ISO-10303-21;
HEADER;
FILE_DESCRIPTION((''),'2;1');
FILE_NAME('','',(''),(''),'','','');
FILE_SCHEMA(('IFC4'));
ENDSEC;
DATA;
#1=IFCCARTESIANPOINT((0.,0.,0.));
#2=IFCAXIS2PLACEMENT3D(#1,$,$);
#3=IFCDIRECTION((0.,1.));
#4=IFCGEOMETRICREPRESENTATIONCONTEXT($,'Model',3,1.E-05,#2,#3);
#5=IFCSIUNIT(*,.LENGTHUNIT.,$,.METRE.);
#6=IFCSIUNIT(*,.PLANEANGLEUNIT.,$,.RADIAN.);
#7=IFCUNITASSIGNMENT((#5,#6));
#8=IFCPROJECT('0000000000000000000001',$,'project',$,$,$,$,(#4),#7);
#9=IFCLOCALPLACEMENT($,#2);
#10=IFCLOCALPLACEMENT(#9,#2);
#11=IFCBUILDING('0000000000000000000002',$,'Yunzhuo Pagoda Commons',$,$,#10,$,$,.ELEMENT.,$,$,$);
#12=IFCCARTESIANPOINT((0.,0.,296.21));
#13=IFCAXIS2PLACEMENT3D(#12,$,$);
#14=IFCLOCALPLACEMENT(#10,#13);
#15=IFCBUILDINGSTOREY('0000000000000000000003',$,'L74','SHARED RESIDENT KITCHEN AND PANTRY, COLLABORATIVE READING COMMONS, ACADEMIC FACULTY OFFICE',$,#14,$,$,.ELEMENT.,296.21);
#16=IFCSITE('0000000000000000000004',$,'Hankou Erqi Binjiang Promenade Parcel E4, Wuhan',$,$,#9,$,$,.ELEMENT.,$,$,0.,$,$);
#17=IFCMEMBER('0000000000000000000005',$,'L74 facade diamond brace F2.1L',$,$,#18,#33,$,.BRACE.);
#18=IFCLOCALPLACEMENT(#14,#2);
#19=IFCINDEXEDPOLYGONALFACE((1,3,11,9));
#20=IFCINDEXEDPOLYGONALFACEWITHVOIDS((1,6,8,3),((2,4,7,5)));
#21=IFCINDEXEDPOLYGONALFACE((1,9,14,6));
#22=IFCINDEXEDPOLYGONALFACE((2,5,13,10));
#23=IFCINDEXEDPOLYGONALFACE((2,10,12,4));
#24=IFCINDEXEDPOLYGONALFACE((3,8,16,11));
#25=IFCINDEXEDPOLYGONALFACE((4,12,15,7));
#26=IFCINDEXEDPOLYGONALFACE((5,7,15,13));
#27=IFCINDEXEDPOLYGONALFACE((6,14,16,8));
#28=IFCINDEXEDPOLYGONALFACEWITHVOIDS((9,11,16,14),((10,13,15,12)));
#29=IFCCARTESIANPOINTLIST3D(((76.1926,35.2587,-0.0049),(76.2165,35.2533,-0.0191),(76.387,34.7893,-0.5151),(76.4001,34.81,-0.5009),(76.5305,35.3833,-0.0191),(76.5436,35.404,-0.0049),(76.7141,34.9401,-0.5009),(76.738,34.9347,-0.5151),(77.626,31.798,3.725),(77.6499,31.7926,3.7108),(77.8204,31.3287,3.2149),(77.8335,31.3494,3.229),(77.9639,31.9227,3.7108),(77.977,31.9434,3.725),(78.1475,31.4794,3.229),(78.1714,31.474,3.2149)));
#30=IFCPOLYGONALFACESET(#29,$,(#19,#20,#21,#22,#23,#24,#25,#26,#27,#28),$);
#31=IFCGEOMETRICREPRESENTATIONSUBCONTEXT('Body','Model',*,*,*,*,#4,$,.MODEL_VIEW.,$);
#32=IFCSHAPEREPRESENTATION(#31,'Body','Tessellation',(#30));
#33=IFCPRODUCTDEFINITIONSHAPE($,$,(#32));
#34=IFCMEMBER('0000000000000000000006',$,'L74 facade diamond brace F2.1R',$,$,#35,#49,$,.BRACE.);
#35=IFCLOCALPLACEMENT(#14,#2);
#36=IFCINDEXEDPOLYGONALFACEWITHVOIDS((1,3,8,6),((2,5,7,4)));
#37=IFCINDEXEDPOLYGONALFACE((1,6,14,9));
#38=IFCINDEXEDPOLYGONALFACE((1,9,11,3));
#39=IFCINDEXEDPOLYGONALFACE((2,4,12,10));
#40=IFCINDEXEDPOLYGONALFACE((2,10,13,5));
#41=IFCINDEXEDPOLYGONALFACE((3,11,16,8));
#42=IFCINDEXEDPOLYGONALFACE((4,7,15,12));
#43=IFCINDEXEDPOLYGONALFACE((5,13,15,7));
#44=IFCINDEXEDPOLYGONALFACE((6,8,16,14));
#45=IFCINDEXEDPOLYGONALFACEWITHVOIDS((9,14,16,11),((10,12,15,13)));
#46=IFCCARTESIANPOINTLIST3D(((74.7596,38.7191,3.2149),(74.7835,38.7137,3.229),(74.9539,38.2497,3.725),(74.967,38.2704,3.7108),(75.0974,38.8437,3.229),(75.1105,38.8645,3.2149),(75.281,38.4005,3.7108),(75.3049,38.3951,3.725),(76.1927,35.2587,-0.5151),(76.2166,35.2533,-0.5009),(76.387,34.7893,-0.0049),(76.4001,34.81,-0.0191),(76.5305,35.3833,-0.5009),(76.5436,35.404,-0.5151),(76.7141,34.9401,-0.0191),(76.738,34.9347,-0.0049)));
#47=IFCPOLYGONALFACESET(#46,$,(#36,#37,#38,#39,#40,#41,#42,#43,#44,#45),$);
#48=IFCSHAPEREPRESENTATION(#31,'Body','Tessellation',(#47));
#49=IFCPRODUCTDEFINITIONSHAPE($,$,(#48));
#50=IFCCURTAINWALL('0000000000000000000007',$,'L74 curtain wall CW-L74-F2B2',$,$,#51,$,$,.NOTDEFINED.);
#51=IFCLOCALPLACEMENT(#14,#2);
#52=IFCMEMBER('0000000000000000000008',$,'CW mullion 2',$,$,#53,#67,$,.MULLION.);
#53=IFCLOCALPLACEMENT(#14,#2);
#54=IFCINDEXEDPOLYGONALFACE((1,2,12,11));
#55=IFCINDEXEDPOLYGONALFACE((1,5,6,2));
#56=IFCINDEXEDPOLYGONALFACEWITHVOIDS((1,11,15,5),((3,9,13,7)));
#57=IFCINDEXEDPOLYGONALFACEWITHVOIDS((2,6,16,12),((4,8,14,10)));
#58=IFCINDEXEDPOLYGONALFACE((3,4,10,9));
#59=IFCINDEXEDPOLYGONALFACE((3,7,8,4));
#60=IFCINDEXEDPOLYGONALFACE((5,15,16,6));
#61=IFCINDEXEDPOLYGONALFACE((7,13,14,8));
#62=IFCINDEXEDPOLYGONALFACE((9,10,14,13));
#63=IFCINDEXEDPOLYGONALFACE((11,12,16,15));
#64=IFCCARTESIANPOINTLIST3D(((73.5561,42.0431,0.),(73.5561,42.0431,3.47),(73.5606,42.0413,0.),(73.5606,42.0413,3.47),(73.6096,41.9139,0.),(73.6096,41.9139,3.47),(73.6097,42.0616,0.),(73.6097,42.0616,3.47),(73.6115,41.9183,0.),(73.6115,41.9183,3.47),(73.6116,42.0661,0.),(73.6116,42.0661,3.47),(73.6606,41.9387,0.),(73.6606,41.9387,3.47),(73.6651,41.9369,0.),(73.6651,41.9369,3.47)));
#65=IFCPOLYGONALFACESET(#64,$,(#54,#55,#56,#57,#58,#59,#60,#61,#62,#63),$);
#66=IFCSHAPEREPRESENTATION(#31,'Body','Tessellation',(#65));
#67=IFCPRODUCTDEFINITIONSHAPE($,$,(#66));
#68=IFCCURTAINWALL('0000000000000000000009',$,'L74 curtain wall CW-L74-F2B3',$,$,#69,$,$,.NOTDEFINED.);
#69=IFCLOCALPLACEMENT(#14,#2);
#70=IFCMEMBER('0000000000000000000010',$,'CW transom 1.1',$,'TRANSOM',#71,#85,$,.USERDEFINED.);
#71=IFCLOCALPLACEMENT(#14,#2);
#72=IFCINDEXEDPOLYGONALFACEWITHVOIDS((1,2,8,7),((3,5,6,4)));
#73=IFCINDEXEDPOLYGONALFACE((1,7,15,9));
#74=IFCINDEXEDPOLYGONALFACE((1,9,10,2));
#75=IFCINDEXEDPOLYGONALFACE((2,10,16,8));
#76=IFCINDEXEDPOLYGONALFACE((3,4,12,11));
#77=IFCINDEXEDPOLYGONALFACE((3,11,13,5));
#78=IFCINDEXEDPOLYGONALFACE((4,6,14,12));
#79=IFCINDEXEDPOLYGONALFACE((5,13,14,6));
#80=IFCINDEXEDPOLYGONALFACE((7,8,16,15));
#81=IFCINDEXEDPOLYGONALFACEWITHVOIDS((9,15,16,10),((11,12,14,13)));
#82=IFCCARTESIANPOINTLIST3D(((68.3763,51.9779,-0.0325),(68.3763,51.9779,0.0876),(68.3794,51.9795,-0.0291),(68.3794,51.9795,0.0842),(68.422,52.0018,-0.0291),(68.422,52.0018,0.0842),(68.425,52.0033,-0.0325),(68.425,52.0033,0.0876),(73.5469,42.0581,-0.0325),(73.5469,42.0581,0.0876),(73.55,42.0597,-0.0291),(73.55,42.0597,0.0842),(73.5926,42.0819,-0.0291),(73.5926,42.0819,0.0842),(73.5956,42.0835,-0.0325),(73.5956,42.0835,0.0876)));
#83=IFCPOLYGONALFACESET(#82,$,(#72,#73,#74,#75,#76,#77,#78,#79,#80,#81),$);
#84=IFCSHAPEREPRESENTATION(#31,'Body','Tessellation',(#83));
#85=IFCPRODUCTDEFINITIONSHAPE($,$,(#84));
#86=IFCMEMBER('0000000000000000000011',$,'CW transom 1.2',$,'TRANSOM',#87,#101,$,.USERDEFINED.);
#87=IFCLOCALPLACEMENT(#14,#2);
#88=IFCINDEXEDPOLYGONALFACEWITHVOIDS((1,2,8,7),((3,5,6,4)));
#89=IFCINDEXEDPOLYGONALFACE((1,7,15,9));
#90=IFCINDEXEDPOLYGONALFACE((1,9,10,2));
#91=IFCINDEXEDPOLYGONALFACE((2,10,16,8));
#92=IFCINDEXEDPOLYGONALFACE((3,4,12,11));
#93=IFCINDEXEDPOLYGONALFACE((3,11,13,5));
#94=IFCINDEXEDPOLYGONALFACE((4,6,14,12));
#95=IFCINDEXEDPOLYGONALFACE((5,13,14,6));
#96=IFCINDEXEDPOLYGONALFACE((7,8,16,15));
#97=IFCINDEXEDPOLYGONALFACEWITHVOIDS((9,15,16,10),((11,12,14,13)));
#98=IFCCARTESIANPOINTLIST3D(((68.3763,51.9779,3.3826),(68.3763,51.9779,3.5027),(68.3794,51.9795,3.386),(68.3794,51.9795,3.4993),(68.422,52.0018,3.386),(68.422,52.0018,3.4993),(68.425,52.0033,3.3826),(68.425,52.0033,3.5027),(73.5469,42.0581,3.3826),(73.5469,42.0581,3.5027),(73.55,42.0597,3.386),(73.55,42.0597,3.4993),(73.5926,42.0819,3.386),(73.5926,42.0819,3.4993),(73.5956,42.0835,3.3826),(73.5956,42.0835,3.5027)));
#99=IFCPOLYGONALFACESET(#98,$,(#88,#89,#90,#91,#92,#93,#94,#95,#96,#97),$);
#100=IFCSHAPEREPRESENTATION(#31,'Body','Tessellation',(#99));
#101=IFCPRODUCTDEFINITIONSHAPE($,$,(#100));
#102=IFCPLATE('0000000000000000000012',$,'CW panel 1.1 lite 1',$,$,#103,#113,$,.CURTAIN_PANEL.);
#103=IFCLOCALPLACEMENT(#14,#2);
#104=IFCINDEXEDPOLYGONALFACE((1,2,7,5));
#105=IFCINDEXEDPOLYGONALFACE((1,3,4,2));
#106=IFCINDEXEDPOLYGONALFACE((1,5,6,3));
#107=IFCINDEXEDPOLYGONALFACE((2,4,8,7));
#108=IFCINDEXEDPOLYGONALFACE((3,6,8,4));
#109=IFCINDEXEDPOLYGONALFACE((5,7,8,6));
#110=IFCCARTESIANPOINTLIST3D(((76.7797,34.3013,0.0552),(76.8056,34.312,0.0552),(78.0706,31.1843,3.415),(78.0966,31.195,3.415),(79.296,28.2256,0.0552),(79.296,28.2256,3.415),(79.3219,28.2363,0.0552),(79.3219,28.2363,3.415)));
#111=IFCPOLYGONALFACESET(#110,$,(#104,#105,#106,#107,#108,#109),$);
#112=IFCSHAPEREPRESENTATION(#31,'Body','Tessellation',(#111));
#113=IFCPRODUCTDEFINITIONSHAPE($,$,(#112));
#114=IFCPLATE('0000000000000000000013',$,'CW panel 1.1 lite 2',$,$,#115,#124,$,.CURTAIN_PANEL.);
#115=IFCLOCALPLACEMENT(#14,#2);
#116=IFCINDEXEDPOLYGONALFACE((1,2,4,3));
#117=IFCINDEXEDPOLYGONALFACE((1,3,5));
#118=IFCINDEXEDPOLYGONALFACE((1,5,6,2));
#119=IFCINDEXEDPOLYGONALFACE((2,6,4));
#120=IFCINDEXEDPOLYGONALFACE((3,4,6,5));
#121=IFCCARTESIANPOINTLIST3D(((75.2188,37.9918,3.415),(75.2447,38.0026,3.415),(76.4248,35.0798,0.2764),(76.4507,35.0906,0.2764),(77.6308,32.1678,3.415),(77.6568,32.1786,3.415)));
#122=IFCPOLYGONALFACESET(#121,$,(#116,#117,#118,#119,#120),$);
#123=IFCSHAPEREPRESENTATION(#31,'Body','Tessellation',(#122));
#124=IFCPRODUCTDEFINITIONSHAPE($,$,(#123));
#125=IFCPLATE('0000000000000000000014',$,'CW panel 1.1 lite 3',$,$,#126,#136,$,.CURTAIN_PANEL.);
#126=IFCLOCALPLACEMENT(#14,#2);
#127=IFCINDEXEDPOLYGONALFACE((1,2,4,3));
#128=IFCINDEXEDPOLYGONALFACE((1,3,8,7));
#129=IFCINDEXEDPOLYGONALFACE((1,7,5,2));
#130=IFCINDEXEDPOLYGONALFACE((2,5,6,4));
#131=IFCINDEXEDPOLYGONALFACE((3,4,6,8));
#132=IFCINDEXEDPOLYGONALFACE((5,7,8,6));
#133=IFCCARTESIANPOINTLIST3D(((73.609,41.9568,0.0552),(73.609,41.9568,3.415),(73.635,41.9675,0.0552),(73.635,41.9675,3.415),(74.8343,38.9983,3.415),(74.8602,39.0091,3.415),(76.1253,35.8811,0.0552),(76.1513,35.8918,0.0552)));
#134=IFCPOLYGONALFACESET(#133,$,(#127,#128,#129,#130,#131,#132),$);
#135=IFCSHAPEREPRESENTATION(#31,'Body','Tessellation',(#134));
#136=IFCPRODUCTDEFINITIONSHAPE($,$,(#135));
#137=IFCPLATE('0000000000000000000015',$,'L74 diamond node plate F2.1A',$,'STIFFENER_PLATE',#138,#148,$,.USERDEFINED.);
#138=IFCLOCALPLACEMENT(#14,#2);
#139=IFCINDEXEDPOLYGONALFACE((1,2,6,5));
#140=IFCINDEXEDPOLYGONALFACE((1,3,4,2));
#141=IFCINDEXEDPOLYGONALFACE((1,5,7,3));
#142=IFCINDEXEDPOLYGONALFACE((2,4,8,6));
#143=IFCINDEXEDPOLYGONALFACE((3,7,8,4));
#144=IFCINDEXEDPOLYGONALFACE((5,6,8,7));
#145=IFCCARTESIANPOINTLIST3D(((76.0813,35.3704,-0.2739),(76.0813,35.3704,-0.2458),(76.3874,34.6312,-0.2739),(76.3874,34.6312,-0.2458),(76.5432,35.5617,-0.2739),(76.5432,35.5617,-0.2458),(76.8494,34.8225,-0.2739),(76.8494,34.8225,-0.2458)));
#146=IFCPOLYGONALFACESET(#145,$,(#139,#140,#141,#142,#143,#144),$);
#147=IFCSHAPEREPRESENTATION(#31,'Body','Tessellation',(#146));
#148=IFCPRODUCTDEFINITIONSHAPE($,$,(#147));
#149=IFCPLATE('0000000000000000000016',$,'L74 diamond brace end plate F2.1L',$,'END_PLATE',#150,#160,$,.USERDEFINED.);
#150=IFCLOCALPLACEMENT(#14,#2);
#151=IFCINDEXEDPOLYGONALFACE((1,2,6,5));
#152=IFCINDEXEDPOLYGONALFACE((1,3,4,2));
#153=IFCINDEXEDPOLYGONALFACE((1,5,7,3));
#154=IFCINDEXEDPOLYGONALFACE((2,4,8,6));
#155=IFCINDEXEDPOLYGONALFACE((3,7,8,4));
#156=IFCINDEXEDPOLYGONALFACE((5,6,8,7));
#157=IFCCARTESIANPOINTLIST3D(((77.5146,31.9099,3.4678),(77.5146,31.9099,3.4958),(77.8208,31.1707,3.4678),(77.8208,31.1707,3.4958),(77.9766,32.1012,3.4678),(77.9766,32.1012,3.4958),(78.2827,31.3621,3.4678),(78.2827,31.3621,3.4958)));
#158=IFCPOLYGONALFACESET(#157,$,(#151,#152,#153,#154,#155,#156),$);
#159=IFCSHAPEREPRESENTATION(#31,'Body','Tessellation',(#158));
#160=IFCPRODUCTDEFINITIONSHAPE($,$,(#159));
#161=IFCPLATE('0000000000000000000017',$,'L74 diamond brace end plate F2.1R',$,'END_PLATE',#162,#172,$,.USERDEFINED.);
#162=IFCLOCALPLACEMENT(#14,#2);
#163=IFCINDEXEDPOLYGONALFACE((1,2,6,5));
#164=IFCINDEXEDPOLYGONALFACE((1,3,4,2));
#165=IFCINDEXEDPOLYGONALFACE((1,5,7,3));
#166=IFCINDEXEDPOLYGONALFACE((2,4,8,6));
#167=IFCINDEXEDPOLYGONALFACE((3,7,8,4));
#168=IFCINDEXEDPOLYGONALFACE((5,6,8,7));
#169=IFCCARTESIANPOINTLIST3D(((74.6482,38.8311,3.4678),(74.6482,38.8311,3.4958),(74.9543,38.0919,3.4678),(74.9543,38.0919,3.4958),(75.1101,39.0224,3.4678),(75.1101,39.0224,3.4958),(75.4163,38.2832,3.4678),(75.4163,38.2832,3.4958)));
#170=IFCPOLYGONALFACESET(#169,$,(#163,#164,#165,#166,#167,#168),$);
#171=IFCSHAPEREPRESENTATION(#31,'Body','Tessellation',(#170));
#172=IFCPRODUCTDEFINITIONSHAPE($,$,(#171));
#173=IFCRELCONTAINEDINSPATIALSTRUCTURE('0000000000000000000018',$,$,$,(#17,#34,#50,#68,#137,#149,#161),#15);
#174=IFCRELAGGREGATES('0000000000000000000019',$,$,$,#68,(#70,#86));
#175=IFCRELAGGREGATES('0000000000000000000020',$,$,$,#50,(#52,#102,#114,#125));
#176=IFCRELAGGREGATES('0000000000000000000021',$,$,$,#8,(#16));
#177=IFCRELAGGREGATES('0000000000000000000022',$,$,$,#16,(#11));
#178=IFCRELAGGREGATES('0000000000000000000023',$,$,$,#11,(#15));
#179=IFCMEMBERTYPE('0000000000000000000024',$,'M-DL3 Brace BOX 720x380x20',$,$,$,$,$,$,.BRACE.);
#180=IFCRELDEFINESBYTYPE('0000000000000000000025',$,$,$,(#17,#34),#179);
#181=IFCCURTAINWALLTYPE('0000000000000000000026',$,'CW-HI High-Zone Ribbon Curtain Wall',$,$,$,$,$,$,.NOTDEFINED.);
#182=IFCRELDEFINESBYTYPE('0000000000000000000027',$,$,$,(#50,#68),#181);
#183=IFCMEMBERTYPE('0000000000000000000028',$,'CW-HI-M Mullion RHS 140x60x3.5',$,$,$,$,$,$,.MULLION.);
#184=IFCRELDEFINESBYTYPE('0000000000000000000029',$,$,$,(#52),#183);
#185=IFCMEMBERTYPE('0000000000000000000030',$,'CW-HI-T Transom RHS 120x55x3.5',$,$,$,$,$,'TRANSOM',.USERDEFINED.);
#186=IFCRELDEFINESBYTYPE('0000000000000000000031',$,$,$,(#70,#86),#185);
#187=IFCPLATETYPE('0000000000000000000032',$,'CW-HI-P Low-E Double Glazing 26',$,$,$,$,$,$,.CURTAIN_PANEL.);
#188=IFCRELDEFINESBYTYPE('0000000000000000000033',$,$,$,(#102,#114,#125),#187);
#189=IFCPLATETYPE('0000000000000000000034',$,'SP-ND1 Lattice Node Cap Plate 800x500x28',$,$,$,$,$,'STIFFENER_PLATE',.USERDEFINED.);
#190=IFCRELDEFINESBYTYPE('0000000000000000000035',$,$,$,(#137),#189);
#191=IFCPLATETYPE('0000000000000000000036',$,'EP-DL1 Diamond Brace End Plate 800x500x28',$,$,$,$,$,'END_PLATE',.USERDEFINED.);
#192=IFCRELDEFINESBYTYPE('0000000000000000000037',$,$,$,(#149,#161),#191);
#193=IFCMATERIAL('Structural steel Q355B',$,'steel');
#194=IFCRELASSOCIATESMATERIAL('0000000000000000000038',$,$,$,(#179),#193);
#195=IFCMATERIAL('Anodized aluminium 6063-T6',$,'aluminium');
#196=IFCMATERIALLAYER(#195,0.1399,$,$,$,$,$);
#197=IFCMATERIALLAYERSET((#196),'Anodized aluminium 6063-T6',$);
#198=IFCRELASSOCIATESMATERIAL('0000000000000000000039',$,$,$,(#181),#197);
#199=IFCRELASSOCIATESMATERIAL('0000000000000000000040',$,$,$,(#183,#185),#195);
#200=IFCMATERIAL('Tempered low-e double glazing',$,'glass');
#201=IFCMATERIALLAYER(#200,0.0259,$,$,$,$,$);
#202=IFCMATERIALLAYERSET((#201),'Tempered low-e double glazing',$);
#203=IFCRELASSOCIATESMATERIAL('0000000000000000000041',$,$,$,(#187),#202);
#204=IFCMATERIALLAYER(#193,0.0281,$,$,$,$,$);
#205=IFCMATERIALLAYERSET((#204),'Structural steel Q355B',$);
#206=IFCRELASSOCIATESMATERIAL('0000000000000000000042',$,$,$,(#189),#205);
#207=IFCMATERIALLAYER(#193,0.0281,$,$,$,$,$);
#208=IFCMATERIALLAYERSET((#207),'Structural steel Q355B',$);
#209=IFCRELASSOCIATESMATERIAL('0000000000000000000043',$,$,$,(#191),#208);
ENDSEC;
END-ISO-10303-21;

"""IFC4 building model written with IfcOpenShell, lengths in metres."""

from ifc_helpers import new_model, si_unit, direction, frame, origin, origin_2d, place, context, subcontext, project, spatial, polyline, rectangle, hollow_rectangle, outline, extrude, source, transform, mapped, material, layer, layer_set, material_profile, profile_set, type_object, element, aggregate, save


model = new_model("IFC4")

# Units and contexts
model_context = context("Model", 3, precision=1e-05, world=origin(), true_north=direction((0.0, 1.0)))
body_context = subcontext(model_context, "Body", "Model", "MODEL_VIEW")
ifc_project = project(units=[si_unit("LENGTHUNIT", "METRE"), si_unit("PLANEANGLEUNIT", "RADIAN")], contexts=[model_context])

# Site, building, storey
site_placement = place(None, origin())
site = spatial("IfcSite", under=ifc_project, at=site_placement, Name="Hankou Erqi Binjiang Promenade Parcel E4, Wuhan", CompositionType="ELEMENT", RefElevation=0.0)
building_placement = place(site_placement, origin())
building = spatial("IfcBuilding", under=site, at=building_placement, Name="Yunzhuo Pagoda Commons", CompositionType="ELEMENT")
storey_placement = place(building_placement, frame((0.0, 0.0, 296.21)))
storey = spatial("IfcBuildingStorey", under=building, at=storey_placement, Name="L74", Description="SHARED RESIDENT KITCHEN AND PANTRY, COLLABORATIVE READING COMMONS, ACADEMIC FACULTY OFFICE", CompositionType="ELEMENT", Elevation=296.21)

# Shared definitions
ifc_material_1 = material(Name="Structural steel Q355B", Category="steel")

# Members
ifc_material_profile_1 = material_profile(ifc_material_1, hollow_rectangle(XDim=0.3799, YDim=0.72, WallThickness=0.02, at=origin_2d()), Name="Structural steel Q355B")
ifc_profile_set_1 = profile_set([ifc_material_profile_1], Name="Structural steel Q355B")
member_type_1 = type_object("IfcMemberType", Name="M-DL3 Brace BOX 720x380x20", PredefinedType="BRACE", material=ifc_profile_set_1)
shared_shape_1 = source(origin(), body_context, "Body", "SweptSolid", [
    extrude(hollow_rectangle(XDim=0.3799, YDim=0.72, WallThickness=0.02, at=origin_2d()), origin(), (0.0, 0.0, 1.0), 5.2861),
])
member_1_placement = place(storey_placement, frame((76.4653, 35.0967, -0.26), z_axis=(0.271151, -0.654669, 0.705611), x_axis=(0.923891, 0.382657, 0.0)))
element("IfcMember", 1, at=member_1_placement, inside=storey, type_object=member_type_1, Name="L74 facade diamond brace F2.1L", PredefinedType="BRACE", context=body_context, shape_type="MappedRepresentation", body=[
    mapped(shared_shape_1, transform((0.0, 0.0, 0.0), scale=1.0)),
])
shared_shape_2 = source(origin(), body_context, "Body", "SweptSolid", [
    extrude(hollow_rectangle(XDim=0.3799, YDim=0.72, WallThickness=0.02, at=origin_2d()), origin(), (0.0, 0.0, 1.0), 5.2859),
])
member_2_placement = place(storey_placement, frame((76.4653, 35.0967, -0.26), z_axis=(-0.271116, 0.654651, 0.705641), x_axis=(-0.923904, -0.382624, 0.0)))
element("IfcMember", 2, at=member_2_placement, inside=storey, type_object=member_type_1, Name="L74 facade diamond brace F2.1R", PredefinedType="BRACE", context=body_context, shape_type="MappedRepresentation", body=[
    mapped(shared_shape_2, transform((0.0, 0.0, 0.0), scale=1.0)),
])

# Curtain wall, member
ifc_material_2 = material(Name="Anodized aluminium 6063-T6", Category="aluminium")
ifc_layer_1 = layer(ifc_material_2, 0.1399)
ifc_layer_set_1 = layer_set([ifc_layer_1], Name="Anodized aluminium 6063-T6")
curtain_wall_type = type_object("IfcCurtainWallType", Name="CW-HI High-Zone Ribbon Curtain Wall", PredefinedType="NOTDEFINED", material=ifc_layer_set_1)
curtain_wall_1_placement = place(storey_placement, origin())
curtain_wall_1 = element("IfcCurtainWall", 3, at=curtain_wall_1_placement, inside=storey, type_object=curtain_wall_type, Name="L74 curtain wall CW-L74-F2B2", PredefinedType="NOTDEFINED")
ifc_material_profile_2 = material_profile(ifc_material_2, hollow_rectangle(XDim=0.0601, YDim=0.1399, WallThickness=0.0034, at=origin_2d()), Name="Anodized aluminium 6063-T6")
ifc_profile_set_2 = profile_set([ifc_material_profile_2], Name="Anodized aluminium 6063-T6")
member_type_2 = type_object("IfcMemberType", Name="CW-HI-M Mullion RHS 140x60x3.5", PredefinedType="MULLION", material=ifc_profile_set_2)
shared_shape_3 = source(origin(), body_context, "Body", "SweptSolid", [
    extrude(hollow_rectangle(XDim=0.0601, YDim=0.1399, WallThickness=0.0034, at=origin_2d()), origin(), (0.0, 0.0, 1.0), 3.47),
])
member_3_placement = place(storey_placement, frame((73.6106, 41.99, 0.0), z_axis=(0.0, 0.0, 1.0), x_axis=(-0.923899, -0.382636, 0.0)))
member_3 = element("IfcMember", 4, at=member_3_placement, type_object=member_type_2, Name="CW mullion 2", PredefinedType="MULLION", context=body_context, shape_type="MappedRepresentation", body=[
    mapped(shared_shape_3, transform((0.0, 0.0, 0.0), scale=1.0)),
])

# Curtain wall, members
curtain_wall_2_placement = place(storey_placement, origin())
curtain_wall_2 = element("IfcCurtainWall", 5, at=curtain_wall_2_placement, inside=storey, type_object=curtain_wall_type, Name="L74 curtain wall CW-L74-F2B3", PredefinedType="NOTDEFINED")
ifc_material_profile_3 = material_profile(ifc_material_2, hollow_rectangle(XDim=0.0549, YDim=0.1201, WallThickness=0.0034, at=origin_2d()), Name="Anodized aluminium 6063-T6")
ifc_profile_set_3 = profile_set([ifc_material_profile_3], Name="Anodized aluminium 6063-T6")
member_type_3 = type_object("IfcMemberType", Name="CW-HI-T Transom RHS 120x55x3.5", ElementType="TRANSOM", PredefinedType="USERDEFINED", material=ifc_profile_set_3)
shared_shape_4 = source(origin(), body_context, "Body", "SweptSolid", [
    extrude(hollow_rectangle(XDim=0.0549, YDim=0.1201, WallThickness=0.0034, at=origin_2d()), origin(), (0.0, 0.0, 1.0), 11.1865),
])
member_4_placement = place(storey_placement, frame((73.5713, 42.0708, 0.0276), z_axis=(-0.462218, 0.886767, 0.0), x_axis=(-0.886767, -0.462218, 0.0)))
member_4 = element("IfcMember", 6, at=member_4_placement, type_object=member_type_3, Name="CW transom 1.1", ObjectType="TRANSOM", PredefinedType="USERDEFINED", context=body_context, shape_type="MappedRepresentation", body=[
    mapped(shared_shape_4, transform((0.0, 0.0, 0.0), scale=1.0)),
])
member_5_placement = place(storey_placement, frame((73.5713, 42.0708, 3.4426), z_axis=(-0.462218, 0.886767, 0.0), x_axis=(-0.886767, -0.462218, 0.0)))
member_5 = element("IfcMember", 7, at=member_5_placement, type_object=member_type_3, Name="CW transom 1.2", ObjectType="TRANSOM", PredefinedType="USERDEFINED", context=body_context, shape_type="MappedRepresentation", body=[
    mapped(shared_shape_4, transform((0.0, 0.0, 0.0), scale=1.0)),
])
aggregate(curtain_wall_2, [member_4, member_5])

# Plates
ifc_material_3 = material(Name="Tempered low-e double glazing", Category="glass")
ifc_layer_2 = layer(ifc_material_3, 0.0259)
ifc_layer_set_2 = layer_set([ifc_layer_2], Name="Tempered low-e double glazing")
plate_type_1 = type_object("IfcPlateType", Name="CW-HI-P Low-E Double Glazing 26", PredefinedType="CURTAIN_PANEL", material=ifc_layer_set_2)
plate_1_placement = place(storey_placement, frame((78.0378, 31.2634, 1.7351), z_axis=(0.923899, 0.382636, 0.0), x_axis=(-0.382636, 0.923899, 0.0)))
plate_1 = element("IfcPlate", 8, at=plate_1_placement, type_object=plate_type_1, Name="CW panel 1.1 lite 1", PredefinedType="CURTAIN_PANEL", context=body_context, shape_type="SweptSolid", body=[
    extrude(outline(polyline([(-3.2881, -1.6799), (3.2881, -1.6799), (-0.0857, 1.6799), (-3.2881, 1.6799), (-3.2881, -1.6799)])), origin(), (0.0, 0.0, 1.0), 0.0281),
])
plate_2_placement = place(storey_placement, frame((76.4248, 35.0798, 1.8457), z_axis=(0.923899, 0.382636, 0.0), x_axis=(-0.382636, 0.923899, 0.0)))
plate_2 = element("IfcPlate", 9, at=plate_2_placement, type_object=plate_type_1, Name="CW panel 1.1 lite 2", PredefinedType="CURTAIN_PANEL", context=body_context, shape_type="SweptSolid", body=[
    extrude(outline(polyline([(-3.1519, 1.5693), (0.0, -1.5693), (3.1519, 1.5693), (-3.1519, 1.5693)])), origin(), (0.0, 0.0, 1.0), 0.0281),
])
plate_3_placement = place(storey_placement, frame((74.8672, 38.9189, 1.7351), z_axis=(0.923899, 0.382636, 0.0), x_axis=(-0.382636, 0.923899, 0.0)))
plate_3 = element("IfcPlate", 10, at=plate_3_placement, type_object=plate_type_1, Name="CW panel 1.1 lite 3", PredefinedType="CURTAIN_PANEL", context=body_context, shape_type="SweptSolid", body=[
    extrude(outline(polyline([(-3.2881, -1.6799), (3.2881, -1.6799), (3.2881, 1.6799), (0.0859, 1.6799), (-3.2881, -1.6799)])), origin(), (0.0, 0.0, 1.0), 0.0281),
])
aggregate(curtain_wall_1, [member_3, plate_1, plate_2, plate_3])

# Plates
ifc_layer_3 = layer(ifc_material_1, 0.0281)
ifc_layer_set_3 = layer_set([ifc_layer_3], Name="Structural steel Q355B")
plate_type_2 = type_object("IfcPlateType", Name="SP-ND1 Lattice Node Cap Plate 800x500x28", ElementType="STIFFENER_PLATE", PredefinedType="USERDEFINED", material=ifc_layer_set_3)
shared_shape_5 = source(origin(), body_context, "Body", "SweptSolid", [
    extrude(rectangle(XDim=0.8, YDim=0.5, at=origin_2d()), origin(), (0.0, 0.0, 1.0), 0.0281),
])
plate_4_placement = place(storey_placement, frame((76.4653, 35.0964, -0.2739), z_axis=(0.0, 0.0, 1.0), x_axis=(-0.382635, 0.9239, 0.0)))
element("IfcPlate", 11, at=plate_4_placement, inside=storey, type_object=plate_type_2, Name="L74 diamond node plate F2.1A", ObjectType="STIFFENER_PLATE", PredefinedType="USERDEFINED", context=body_context, shape_type="MappedRepresentation", body=[
    mapped(shared_shape_5, transform((0.0, 0.0, 0.0), scale=1.0)),
])
ifc_layer_4 = layer(ifc_material_1, 0.0281)
ifc_layer_set_4 = layer_set([ifc_layer_4], Name="Structural steel Q355B")
plate_type_3 = type_object("IfcPlateType", Name="EP-DL1 Diamond Brace End Plate 800x500x28", ElementType="END_PLATE", PredefinedType="USERDEFINED", material=ifc_layer_set_4)
for number, where, z_axis, x_axis, name in (
    (12, (77.8987, 31.636, 3.4678), (0.0, 0.0, 1.0), (-0.382635, 0.9239, 0.0), "L74 diamond brace end plate F2.1L"),
    (13, (75.0322, 38.5571, 3.4678), (0.0, 0.0, 1.0), (-0.382635, 0.9239, 0.0), "L74 diamond brace end plate F2.1R"),
):
    element("IfcPlate", number, at=place(storey_placement, frame(where, z_axis=z_axis, x_axis=x_axis)), inside=storey, type_object=plate_type_3, Name=name, ObjectType="END_PLATE", PredefinedType="USERDEFINED", context=body_context, shape_type="MappedRepresentation", body=[
        mapped(shared_shape_5, transform((0.0, 0.0, 0.0), scale=1.0)),
    ])

save(model, "model.ifc")
